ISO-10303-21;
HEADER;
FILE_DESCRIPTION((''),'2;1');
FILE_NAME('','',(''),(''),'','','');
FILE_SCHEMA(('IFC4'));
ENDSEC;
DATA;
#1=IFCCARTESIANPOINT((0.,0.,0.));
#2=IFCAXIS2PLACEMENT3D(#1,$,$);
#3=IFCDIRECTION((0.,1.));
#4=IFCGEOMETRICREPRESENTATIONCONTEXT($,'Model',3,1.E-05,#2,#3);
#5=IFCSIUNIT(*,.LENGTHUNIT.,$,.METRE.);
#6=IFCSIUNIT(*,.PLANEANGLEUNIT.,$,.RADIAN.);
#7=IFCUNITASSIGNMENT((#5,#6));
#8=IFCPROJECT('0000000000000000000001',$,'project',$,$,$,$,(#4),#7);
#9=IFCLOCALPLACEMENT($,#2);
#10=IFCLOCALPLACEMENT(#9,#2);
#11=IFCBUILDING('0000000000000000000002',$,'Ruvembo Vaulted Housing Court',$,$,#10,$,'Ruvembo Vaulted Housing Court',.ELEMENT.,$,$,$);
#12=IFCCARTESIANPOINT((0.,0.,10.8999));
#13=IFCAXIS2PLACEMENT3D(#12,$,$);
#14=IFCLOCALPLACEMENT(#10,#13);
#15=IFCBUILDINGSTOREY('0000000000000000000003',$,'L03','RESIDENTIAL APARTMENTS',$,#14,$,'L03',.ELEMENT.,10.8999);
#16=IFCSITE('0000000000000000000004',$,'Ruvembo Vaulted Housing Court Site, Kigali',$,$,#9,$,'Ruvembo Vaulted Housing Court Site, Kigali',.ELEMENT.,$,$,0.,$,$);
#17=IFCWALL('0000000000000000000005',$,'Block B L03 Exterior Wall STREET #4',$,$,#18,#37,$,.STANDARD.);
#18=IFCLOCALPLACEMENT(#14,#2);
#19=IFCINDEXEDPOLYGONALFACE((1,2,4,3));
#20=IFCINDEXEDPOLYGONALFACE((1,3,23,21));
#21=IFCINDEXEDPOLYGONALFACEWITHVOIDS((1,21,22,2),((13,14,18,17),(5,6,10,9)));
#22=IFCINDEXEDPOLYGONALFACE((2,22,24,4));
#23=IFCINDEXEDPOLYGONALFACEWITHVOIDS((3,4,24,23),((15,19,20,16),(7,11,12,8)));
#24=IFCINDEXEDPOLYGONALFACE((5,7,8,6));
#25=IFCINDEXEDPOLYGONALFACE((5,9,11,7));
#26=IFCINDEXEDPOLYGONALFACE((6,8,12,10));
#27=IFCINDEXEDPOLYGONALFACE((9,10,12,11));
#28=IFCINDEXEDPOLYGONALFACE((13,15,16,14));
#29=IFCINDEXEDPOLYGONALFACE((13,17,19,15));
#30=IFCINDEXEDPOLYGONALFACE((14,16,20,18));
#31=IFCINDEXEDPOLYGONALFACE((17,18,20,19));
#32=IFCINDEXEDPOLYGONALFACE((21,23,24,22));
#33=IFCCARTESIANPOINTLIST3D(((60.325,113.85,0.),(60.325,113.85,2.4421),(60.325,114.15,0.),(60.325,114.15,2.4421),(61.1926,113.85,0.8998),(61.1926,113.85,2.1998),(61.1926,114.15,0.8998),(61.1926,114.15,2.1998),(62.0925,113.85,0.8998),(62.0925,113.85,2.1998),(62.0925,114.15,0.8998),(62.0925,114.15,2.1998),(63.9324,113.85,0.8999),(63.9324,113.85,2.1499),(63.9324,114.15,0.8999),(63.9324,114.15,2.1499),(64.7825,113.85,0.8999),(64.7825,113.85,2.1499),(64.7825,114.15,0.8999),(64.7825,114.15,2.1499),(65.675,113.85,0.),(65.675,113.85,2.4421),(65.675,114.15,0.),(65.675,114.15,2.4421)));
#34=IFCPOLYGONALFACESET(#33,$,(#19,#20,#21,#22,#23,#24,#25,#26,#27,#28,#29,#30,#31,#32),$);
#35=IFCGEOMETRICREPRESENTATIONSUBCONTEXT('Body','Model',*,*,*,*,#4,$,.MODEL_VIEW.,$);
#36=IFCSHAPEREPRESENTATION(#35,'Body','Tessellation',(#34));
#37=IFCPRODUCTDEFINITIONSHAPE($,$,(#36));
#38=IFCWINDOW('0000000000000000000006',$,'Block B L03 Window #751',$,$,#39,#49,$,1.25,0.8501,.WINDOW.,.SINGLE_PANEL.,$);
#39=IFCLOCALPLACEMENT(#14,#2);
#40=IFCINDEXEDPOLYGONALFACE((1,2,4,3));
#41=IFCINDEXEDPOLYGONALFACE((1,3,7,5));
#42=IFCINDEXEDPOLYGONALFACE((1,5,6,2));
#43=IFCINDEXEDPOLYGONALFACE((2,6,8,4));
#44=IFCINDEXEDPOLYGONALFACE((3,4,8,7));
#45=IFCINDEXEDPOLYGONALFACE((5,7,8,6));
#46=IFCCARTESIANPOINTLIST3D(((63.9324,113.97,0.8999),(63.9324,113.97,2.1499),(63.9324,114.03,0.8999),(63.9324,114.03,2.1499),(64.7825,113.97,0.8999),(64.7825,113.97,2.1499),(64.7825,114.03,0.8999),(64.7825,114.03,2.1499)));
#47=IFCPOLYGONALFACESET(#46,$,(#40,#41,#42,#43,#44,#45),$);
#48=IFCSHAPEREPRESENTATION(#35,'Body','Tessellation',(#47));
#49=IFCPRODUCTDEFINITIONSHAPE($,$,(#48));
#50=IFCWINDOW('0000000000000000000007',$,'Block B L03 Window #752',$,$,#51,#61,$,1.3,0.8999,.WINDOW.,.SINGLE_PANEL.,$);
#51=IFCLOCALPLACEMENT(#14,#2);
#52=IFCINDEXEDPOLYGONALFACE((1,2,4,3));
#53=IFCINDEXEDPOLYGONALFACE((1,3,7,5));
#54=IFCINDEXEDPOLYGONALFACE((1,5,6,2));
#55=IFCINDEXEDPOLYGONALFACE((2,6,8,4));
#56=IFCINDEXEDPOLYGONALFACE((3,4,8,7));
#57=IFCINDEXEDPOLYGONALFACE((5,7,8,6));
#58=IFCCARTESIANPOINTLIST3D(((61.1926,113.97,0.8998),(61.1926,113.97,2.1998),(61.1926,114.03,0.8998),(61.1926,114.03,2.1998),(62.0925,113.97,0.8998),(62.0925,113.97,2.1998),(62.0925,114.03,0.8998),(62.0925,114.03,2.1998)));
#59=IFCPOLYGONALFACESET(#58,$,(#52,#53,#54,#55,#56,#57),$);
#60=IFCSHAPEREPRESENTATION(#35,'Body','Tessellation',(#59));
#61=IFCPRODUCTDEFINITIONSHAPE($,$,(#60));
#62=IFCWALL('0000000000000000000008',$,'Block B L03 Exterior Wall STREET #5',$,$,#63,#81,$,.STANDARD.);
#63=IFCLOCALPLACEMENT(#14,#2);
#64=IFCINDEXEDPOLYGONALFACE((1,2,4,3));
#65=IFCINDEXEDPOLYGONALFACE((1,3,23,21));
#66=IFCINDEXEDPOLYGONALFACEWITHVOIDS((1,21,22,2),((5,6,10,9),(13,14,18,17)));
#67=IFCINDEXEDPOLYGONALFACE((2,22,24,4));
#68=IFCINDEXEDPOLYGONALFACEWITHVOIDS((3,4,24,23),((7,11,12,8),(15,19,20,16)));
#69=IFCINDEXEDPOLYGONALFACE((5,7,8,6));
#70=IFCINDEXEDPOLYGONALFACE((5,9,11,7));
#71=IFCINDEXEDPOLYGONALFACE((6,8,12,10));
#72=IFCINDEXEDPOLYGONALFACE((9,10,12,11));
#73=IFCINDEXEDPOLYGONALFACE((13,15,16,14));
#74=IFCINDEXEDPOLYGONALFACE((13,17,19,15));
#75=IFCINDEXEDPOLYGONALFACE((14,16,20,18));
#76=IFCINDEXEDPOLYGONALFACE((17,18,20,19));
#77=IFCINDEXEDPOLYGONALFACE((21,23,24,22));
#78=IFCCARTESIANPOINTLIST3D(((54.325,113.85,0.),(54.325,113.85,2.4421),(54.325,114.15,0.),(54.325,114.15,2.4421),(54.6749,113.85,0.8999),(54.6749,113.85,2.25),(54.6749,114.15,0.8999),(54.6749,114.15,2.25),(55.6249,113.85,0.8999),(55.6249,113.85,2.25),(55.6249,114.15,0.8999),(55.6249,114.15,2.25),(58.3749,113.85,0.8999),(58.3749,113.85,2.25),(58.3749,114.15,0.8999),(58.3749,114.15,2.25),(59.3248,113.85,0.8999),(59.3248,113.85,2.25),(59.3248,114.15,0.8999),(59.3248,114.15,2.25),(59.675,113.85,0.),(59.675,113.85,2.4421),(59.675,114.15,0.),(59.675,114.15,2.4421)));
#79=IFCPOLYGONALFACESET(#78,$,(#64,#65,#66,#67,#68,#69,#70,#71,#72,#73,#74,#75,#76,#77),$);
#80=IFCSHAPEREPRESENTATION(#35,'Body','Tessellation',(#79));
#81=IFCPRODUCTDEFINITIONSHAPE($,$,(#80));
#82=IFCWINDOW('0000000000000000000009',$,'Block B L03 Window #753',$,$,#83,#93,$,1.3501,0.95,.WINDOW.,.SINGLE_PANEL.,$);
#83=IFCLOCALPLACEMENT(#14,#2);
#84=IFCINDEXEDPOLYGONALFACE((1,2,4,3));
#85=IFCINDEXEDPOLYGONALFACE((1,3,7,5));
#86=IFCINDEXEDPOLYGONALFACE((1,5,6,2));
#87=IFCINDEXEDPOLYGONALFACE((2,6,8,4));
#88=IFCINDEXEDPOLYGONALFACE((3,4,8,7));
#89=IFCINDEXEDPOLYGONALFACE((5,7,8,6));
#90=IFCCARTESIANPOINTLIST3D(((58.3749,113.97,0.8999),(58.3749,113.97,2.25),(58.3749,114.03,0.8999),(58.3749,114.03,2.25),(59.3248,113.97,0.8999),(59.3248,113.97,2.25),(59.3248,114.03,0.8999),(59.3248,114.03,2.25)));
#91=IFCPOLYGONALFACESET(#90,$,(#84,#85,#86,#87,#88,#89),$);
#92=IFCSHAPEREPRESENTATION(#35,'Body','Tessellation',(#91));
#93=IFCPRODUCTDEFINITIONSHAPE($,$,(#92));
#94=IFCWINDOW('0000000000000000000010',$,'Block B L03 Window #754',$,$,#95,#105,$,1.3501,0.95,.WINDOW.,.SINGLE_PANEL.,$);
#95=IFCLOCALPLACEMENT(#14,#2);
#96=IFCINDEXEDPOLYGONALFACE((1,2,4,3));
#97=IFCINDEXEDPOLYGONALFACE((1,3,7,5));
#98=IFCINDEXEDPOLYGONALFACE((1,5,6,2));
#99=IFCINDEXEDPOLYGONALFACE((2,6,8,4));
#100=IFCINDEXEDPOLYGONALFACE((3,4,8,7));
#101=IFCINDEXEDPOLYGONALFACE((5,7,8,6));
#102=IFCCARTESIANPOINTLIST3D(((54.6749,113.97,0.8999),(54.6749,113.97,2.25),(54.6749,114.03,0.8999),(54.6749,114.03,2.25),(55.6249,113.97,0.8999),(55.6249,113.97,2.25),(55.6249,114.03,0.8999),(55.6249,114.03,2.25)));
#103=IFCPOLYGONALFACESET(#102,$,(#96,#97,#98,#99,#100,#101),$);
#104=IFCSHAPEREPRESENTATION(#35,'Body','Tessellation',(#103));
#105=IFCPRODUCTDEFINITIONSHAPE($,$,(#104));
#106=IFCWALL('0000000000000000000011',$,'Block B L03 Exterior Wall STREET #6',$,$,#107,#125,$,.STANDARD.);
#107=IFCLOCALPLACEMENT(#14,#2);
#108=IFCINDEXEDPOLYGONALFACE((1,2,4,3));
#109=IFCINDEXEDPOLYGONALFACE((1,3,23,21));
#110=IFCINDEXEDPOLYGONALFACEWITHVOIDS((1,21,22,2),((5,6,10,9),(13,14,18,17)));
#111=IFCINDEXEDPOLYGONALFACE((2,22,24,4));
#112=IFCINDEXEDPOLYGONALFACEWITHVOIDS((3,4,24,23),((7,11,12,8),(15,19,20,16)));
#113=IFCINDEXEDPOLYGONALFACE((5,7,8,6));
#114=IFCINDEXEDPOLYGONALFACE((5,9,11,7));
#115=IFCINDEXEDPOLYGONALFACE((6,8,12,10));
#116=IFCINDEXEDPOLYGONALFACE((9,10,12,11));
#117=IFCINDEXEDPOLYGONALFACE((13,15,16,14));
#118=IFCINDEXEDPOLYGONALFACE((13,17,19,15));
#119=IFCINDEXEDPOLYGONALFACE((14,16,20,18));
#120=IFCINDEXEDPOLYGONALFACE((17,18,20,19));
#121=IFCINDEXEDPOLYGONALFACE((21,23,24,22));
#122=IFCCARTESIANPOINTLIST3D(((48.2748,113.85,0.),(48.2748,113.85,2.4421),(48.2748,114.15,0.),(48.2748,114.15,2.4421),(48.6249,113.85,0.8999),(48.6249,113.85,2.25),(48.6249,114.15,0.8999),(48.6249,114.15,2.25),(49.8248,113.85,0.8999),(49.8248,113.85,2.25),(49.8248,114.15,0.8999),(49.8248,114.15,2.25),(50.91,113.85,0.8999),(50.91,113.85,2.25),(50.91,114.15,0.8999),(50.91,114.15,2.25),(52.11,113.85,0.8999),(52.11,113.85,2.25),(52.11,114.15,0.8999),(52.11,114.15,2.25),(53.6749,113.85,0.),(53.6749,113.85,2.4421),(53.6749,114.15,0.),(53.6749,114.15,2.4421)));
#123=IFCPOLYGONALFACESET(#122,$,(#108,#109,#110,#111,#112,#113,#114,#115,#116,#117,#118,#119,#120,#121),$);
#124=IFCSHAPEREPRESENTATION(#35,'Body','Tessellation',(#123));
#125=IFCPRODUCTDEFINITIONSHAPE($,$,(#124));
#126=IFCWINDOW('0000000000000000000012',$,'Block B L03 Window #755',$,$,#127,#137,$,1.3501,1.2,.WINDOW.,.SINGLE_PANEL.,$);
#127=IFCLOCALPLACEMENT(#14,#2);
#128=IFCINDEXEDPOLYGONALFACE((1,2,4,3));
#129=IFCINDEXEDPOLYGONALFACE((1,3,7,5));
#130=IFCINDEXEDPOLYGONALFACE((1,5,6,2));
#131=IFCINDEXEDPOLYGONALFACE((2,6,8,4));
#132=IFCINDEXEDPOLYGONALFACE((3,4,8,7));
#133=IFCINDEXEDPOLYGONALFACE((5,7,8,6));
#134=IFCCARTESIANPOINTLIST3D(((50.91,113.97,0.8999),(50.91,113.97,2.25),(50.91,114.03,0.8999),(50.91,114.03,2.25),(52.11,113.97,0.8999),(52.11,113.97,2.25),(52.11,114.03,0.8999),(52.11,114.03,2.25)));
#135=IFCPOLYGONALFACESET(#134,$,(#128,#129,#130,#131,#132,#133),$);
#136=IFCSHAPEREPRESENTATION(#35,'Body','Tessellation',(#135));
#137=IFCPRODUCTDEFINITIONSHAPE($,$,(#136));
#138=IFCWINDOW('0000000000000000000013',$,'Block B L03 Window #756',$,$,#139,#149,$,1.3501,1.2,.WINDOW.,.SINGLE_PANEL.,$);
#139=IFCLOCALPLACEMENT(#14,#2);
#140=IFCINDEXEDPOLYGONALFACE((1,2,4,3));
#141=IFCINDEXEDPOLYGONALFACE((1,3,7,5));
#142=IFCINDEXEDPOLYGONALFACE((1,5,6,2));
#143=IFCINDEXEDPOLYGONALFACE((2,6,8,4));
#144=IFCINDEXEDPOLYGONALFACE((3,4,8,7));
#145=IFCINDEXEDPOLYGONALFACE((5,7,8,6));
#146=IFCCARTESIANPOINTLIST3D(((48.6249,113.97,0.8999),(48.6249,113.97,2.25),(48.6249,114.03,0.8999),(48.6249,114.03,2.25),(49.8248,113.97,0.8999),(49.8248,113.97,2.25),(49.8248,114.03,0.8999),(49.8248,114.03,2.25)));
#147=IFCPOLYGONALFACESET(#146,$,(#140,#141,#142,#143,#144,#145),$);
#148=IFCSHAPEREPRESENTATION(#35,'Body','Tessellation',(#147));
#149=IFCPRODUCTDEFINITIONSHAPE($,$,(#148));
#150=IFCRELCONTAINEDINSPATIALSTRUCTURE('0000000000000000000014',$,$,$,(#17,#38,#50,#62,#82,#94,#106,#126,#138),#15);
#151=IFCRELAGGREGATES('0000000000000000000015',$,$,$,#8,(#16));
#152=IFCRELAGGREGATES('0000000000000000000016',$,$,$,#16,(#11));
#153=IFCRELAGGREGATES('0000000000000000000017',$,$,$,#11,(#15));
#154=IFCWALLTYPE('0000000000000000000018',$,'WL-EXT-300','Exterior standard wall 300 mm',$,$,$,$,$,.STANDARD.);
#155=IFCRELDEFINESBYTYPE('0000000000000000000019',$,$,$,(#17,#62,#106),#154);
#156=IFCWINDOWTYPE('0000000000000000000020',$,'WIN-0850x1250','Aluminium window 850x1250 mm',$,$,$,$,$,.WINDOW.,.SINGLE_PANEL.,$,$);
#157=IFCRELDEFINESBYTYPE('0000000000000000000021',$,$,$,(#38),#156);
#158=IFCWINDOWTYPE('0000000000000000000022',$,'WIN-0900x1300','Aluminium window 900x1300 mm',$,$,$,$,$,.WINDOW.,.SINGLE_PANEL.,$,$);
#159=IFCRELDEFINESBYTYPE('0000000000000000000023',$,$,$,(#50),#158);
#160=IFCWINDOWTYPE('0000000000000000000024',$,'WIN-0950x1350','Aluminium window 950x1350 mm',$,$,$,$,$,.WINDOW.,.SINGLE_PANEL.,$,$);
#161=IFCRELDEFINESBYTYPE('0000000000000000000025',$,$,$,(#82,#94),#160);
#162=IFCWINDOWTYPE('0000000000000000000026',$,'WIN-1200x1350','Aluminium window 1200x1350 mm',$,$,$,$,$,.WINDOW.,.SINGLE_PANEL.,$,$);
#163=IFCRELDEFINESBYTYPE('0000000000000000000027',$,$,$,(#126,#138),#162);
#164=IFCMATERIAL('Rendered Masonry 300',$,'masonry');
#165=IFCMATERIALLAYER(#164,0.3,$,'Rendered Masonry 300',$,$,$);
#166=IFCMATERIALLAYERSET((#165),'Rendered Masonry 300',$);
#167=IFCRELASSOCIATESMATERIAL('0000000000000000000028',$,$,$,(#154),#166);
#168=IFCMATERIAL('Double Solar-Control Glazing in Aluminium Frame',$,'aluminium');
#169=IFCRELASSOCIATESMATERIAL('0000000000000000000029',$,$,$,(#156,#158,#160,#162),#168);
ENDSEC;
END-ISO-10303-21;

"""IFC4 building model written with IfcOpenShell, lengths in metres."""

from ifc_helpers import new_model, si_unit, direction, frame, frame_2d, origin, place, context, subcontext, project, spatial, rectangle, extrude, material, layer, layer_set, type_object, element, fill, save


model = new_model("IFC4")

# Units and contexts
model_context = context("Model", 3, precision=1e-05, world=origin(), true_north=direction((0.0, 1.0)))
body_context = subcontext(model_context, "Body", "Model", "MODEL_VIEW")
ifc_project = project(units=[si_unit("LENGTHUNIT", "METRE"), si_unit("PLANEANGLEUNIT", "RADIAN")], contexts=[model_context])

# Site, building, storey
site_placement = place(None, origin())
site = spatial("IfcSite", under=ifc_project, at=site_placement, Name="Ruvembo Vaulted Housing Court Site, Kigali", LongName="Ruvembo Vaulted Housing Court Site, Kigali", CompositionType="ELEMENT", RefElevation=0.0)
building_placement = place(site_placement, origin())
building = spatial("IfcBuilding", under=site, at=building_placement, Name="Ruvembo Vaulted Housing Court", LongName="Ruvembo Vaulted Housing Court", CompositionType="ELEMENT")
storey_placement = place(building_placement, frame((0.0, 0.0, 10.8999)))
storey = spatial("IfcBuildingStorey", under=building, at=storey_placement, Name="L03", Description="RESIDENTIAL APARTMENTS", LongName="L03", CompositionType="ELEMENT", Elevation=10.8999)

# Walls, openings, windows
ifc_material_1 = material(Name="Rendered Masonry 300", Category="masonry")
ifc_layer_1 = layer(ifc_material_1, 0.3, Name="Rendered Masonry 300")
ifc_layer_set_1 = layer_set([ifc_layer_1], Name="Rendered Masonry 300")
wall_type_1 = type_object("IfcWallType", Name="WL-EXT-300", Description="Exterior standard wall 300 mm", PredefinedType="STANDARD", material=ifc_layer_set_1)
wall_1_placement = place(storey_placement, frame((65.675, 114.0, 0.0), z_axis=(0.0, 0.0, 1.0), x_axis=(-1.0, 0.0, 0.0)))
wall_1 = element("IfcWall", 1, at=wall_1_placement, inside=storey, type_object=wall_type_1, Name="Block B L03 Exterior Wall STREET #4", PredefinedType="STANDARD", context=body_context, shape_type="SweptSolid", body=[
    extrude(rectangle(XDim=5.3501, YDim=0.3, at=frame_2d((2.675, 0.0))), origin(), (0.0, 0.0, 1.0), 2.4421),
])
opening_1_placement = place(wall_1_placement, frame((0.8926, 0.0, 0.8999)))
opening_1 = element("IfcOpeningElement", 2, at=opening_1_placement, cuts=wall_1, PredefinedType="OPENING", context=body_context, shape_type="SweptSolid", body=[
    extrude(rectangle(XDim=0.8501, YDim=1.25, at=frame_2d((0.425, 0.625))), frame((0.0, 0.1599, 0.0), z_axis=(0.0, -1.0, 0.0), x_axis=(1.0, 0.0, 0.0)), (0.0, 0.0, 1.0), 0.3201),
])
opening_2_placement = place(wall_1_placement, frame((3.5825, 0.0, 0.8999)))
opening_2 = element("IfcOpeningElement", 3, at=opening_2_placement, cuts=wall_1, PredefinedType="OPENING", context=body_context, shape_type="SweptSolid", body=[
    extrude(rectangle(XDim=0.8999, YDim=1.3, at=frame_2d((0.45, 0.6499))), frame((0.0, 0.1599, 0.0), z_axis=(0.0, -1.0, 0.0), x_axis=(1.0, 0.0, 0.0)), (0.0, 0.0, 1.0), 0.3201),
])
ifc_material_2 = material(Name="Double Solar-Control Glazing in Aluminium Frame", Category="aluminium")
window_type_1 = type_object("IfcWindowType", Name="WIN-0850x1250", Description="Aluminium window 850x1250 mm", PartitioningType="SINGLE_PANEL", PredefinedType="WINDOW", material=ifc_material_2)
window_1_placement = place(opening_1_placement, origin())
window_1 = element("IfcWindow", 4, at=window_1_placement, inside=storey, type_object=window_type_1, Name="Block B L03 Window #751", OverallHeight=1.25, OverallWidth=0.8501, PartitioningType="SINGLE_PANEL", PredefinedType="WINDOW", context=body_context, shape_type="SweptSolid", body=[
    extrude(rectangle(XDim=0.8501, YDim=1.25, at=frame_2d((0.425, 0.625))), frame((0.0, 0.03, 0.0), z_axis=(0.0, -1.0, 0.0), x_axis=(1.0, 0.0, 0.0)), (0.0, 0.0, 1.0), 0.0601),
])
fill(opening_1, window_1)
window_type_2 = type_object("IfcWindowType", Name="WIN-0900x1300", Description="Aluminium window 900x1300 mm", PartitioningType="SINGLE_PANEL", PredefinedType="WINDOW", material=ifc_material_2)
window_2_placement = place(opening_2_placement, origin())
window_2 = element("IfcWindow", 5, at=window_2_placement, inside=storey, type_object=window_type_2, Name="Block B L03 Window #752", OverallHeight=1.3, OverallWidth=0.8999, PartitioningType="SINGLE_PANEL", PredefinedType="WINDOW", context=body_context, shape_type="SweptSolid", body=[
    extrude(rectangle(XDim=0.8999, YDim=1.3, at=frame_2d((0.45, 0.6499))), frame((0.0, 0.03, 0.0), z_axis=(0.0, -1.0, 0.0), x_axis=(1.0, 0.0, 0.0)), (0.0, 0.0, 1.0), 0.0601),
])
fill(opening_2, window_2)
wall_2_placement = place(storey_placement, frame((59.675, 114.0, 0.0), z_axis=(0.0, 0.0, 1.0), x_axis=(-1.0, 0.0, 0.0)))
wall_2 = element("IfcWall", 6, at=wall_2_placement, inside=storey, type_object=wall_type_1, Name="Block B L03 Exterior Wall STREET #5", PredefinedType="STANDARD", context=body_context, shape_type="SweptSolid", body=[
    extrude(rectangle(XDim=5.3501, YDim=0.3, at=frame_2d((2.675, 0.0))), origin(), (0.0, 0.0, 1.0), 2.4421),
])
opening_3_placement = place(wall_2_placement, frame((0.3501, 0.0, 0.8999)))
opening_3 = element("IfcOpeningElement", 7, at=opening_3_placement, cuts=wall_2, PredefinedType="OPENING", context=body_context, shape_type="SweptSolid", body=[
    extrude(rectangle(XDim=0.95, YDim=1.3501, at=frame_2d((0.4751, 0.675))), frame((0.0, 0.1599, 0.0), z_axis=(0.0, -1.0, 0.0), x_axis=(1.0, 0.0, 0.0)), (0.0, 0.0, 1.0), 0.3201),
])
opening_4_placement = place(wall_2_placement, frame((4.05, 0.0, 0.8999)))
opening_4 = element("IfcOpeningElement", 8, at=opening_4_placement, cuts=wall_2, PredefinedType="OPENING", context=body_context, shape_type="SweptSolid", body=[
    extrude(rectangle(XDim=0.95, YDim=1.3501, at=frame_2d((0.4751, 0.675))), frame((0.0, 0.1599, 0.0), z_axis=(0.0, -1.0, 0.0), x_axis=(1.0, 0.0, 0.0)), (0.0, 0.0, 1.0), 0.3201),
])
window_type_3 = type_object("IfcWindowType", Name="WIN-0950x1350", Description="Aluminium window 950x1350 mm", PartitioningType="SINGLE_PANEL", PredefinedType="WINDOW", material=ifc_material_2)
window_3_placement = place(opening_3_placement, origin())
window_3 = element("IfcWindow", 9, at=window_3_placement, inside=storey, type_object=window_type_3, Name="Block B L03 Window #753", OverallHeight=1.3501, OverallWidth=0.95, PartitioningType="SINGLE_PANEL", PredefinedType="WINDOW", context=body_context, shape_type="SweptSolid", body=[
    extrude(rectangle(XDim=0.95, YDim=1.3501, at=frame_2d((0.4751, 0.675))), frame((0.0, 0.03, 0.0), z_axis=(0.0, -1.0, 0.0), x_axis=(1.0, 0.0, 0.0)), (0.0, 0.0, 1.0), 0.0601),
])
fill(opening_3, window_3)
window_4_placement = place(opening_4_placement, origin())
window_4 = element("IfcWindow", 10, at=window_4_placement, inside=storey, type_object=window_type_3, Name="Block B L03 Window #754", OverallHeight=1.3501, OverallWidth=0.95, PartitioningType="SINGLE_PANEL", PredefinedType="WINDOW", context=body_context, shape_type="SweptSolid", body=[
    extrude(rectangle(XDim=0.95, YDim=1.3501, at=frame_2d((0.4751, 0.675))), frame((0.0, 0.03, 0.0), z_axis=(0.0, -1.0, 0.0), x_axis=(1.0, 0.0, 0.0)), (0.0, 0.0, 1.0), 0.0601),
])
fill(opening_4, window_4)
wall_3_placement = place(storey_placement, frame((53.675, 114.0, 0.0), z_axis=(0.0, 0.0, 1.0), x_axis=(-1.0, 0.0, 0.0)))
wall_3 = element("IfcWall", 11, at=wall_3_placement, inside=storey, type_object=wall_type_1, Name="Block B L03 Exterior Wall STREET #6", PredefinedType="STANDARD", context=body_context, shape_type="SweptSolid", body=[
    extrude(rectangle(XDim=5.4001, YDim=0.3, at=frame_2d((2.7002, 0.0))), origin(), (0.0, 0.0, 1.0), 2.4421),
])
opening_5_placement = place(wall_3_placement, frame((1.5649, 0.0, 0.8999)))
opening_5 = element("IfcOpeningElement", 12, at=opening_5_placement, cuts=wall_3, PredefinedType="OPENING", context=body_context, shape_type="SweptSolid", body=[
    extrude(rectangle(XDim=1.2, YDim=1.3501, at=frame_2d((0.6001, 0.675))), frame((0.0, 0.1599, 0.0), z_axis=(0.0, -1.0, 0.0), x_axis=(1.0, 0.0, 0.0)), (0.0, 0.0, 1.0), 0.3201),
])
opening_6_placement = place(wall_3_placement, frame((3.8501, 0.0, 0.8999)))
opening_6 = element("IfcOpeningElement", 13, at=opening_6_placement, cuts=wall_3, PredefinedType="OPENING", context=body_context, shape_type="SweptSolid", body=[
    extrude(rectangle(XDim=1.2, YDim=1.3501, at=frame_2d((0.6001, 0.675))), frame((0.0, 0.1599, 0.0), z_axis=(0.0, -1.0, 0.0), x_axis=(1.0, 0.0, 0.0)), (0.0, 0.0, 1.0), 0.3201),
])
window_type_4 = type_object("IfcWindowType", Name="WIN-1200x1350", Description="Aluminium window 1200x1350 mm", PartitioningType="SINGLE_PANEL", PredefinedType="WINDOW", material=ifc_material_2)
window_5_placement = place(opening_5_placement, origin())
window_5 = element("IfcWindow", 14, at=window_5_placement, inside=storey, type_object=window_type_4, Name="Block B L03 Window #755", OverallHeight=1.3501, OverallWidth=1.2, PartitioningType="SINGLE_PANEL", PredefinedType="WINDOW", context=body_context, shape_type="SweptSolid", body=[
    extrude(rectangle(XDim=1.2, YDim=1.3501, at=frame_2d((0.6001, 0.675))), frame((0.0, 0.03, 0.0), z_axis=(0.0, -1.0, 0.0), x_axis=(1.0, 0.0, 0.0)), (0.0, 0.0, 1.0), 0.0601),
])
fill(opening_5, window_5)
window_6_placement = place(opening_6_placement, origin())
window_6 = element("IfcWindow", 15, at=window_6_placement, inside=storey, type_object=window_type_4, Name="Block B L03 Window #756", OverallHeight=1.3501, OverallWidth=1.2, PartitioningType="SINGLE_PANEL", PredefinedType="WINDOW", context=body_context, shape_type="SweptSolid", body=[
    extrude(rectangle(XDim=1.2, YDim=1.3501, at=frame_2d((0.6001, 0.675))), frame((0.0, 0.03, 0.0), z_axis=(0.0, -1.0, 0.0), x_axis=(1.0, 0.0, 0.0)), (0.0, 0.0, 1.0), 0.0601),
])
fill(opening_6, window_6)

save(model, "model.ifc")
